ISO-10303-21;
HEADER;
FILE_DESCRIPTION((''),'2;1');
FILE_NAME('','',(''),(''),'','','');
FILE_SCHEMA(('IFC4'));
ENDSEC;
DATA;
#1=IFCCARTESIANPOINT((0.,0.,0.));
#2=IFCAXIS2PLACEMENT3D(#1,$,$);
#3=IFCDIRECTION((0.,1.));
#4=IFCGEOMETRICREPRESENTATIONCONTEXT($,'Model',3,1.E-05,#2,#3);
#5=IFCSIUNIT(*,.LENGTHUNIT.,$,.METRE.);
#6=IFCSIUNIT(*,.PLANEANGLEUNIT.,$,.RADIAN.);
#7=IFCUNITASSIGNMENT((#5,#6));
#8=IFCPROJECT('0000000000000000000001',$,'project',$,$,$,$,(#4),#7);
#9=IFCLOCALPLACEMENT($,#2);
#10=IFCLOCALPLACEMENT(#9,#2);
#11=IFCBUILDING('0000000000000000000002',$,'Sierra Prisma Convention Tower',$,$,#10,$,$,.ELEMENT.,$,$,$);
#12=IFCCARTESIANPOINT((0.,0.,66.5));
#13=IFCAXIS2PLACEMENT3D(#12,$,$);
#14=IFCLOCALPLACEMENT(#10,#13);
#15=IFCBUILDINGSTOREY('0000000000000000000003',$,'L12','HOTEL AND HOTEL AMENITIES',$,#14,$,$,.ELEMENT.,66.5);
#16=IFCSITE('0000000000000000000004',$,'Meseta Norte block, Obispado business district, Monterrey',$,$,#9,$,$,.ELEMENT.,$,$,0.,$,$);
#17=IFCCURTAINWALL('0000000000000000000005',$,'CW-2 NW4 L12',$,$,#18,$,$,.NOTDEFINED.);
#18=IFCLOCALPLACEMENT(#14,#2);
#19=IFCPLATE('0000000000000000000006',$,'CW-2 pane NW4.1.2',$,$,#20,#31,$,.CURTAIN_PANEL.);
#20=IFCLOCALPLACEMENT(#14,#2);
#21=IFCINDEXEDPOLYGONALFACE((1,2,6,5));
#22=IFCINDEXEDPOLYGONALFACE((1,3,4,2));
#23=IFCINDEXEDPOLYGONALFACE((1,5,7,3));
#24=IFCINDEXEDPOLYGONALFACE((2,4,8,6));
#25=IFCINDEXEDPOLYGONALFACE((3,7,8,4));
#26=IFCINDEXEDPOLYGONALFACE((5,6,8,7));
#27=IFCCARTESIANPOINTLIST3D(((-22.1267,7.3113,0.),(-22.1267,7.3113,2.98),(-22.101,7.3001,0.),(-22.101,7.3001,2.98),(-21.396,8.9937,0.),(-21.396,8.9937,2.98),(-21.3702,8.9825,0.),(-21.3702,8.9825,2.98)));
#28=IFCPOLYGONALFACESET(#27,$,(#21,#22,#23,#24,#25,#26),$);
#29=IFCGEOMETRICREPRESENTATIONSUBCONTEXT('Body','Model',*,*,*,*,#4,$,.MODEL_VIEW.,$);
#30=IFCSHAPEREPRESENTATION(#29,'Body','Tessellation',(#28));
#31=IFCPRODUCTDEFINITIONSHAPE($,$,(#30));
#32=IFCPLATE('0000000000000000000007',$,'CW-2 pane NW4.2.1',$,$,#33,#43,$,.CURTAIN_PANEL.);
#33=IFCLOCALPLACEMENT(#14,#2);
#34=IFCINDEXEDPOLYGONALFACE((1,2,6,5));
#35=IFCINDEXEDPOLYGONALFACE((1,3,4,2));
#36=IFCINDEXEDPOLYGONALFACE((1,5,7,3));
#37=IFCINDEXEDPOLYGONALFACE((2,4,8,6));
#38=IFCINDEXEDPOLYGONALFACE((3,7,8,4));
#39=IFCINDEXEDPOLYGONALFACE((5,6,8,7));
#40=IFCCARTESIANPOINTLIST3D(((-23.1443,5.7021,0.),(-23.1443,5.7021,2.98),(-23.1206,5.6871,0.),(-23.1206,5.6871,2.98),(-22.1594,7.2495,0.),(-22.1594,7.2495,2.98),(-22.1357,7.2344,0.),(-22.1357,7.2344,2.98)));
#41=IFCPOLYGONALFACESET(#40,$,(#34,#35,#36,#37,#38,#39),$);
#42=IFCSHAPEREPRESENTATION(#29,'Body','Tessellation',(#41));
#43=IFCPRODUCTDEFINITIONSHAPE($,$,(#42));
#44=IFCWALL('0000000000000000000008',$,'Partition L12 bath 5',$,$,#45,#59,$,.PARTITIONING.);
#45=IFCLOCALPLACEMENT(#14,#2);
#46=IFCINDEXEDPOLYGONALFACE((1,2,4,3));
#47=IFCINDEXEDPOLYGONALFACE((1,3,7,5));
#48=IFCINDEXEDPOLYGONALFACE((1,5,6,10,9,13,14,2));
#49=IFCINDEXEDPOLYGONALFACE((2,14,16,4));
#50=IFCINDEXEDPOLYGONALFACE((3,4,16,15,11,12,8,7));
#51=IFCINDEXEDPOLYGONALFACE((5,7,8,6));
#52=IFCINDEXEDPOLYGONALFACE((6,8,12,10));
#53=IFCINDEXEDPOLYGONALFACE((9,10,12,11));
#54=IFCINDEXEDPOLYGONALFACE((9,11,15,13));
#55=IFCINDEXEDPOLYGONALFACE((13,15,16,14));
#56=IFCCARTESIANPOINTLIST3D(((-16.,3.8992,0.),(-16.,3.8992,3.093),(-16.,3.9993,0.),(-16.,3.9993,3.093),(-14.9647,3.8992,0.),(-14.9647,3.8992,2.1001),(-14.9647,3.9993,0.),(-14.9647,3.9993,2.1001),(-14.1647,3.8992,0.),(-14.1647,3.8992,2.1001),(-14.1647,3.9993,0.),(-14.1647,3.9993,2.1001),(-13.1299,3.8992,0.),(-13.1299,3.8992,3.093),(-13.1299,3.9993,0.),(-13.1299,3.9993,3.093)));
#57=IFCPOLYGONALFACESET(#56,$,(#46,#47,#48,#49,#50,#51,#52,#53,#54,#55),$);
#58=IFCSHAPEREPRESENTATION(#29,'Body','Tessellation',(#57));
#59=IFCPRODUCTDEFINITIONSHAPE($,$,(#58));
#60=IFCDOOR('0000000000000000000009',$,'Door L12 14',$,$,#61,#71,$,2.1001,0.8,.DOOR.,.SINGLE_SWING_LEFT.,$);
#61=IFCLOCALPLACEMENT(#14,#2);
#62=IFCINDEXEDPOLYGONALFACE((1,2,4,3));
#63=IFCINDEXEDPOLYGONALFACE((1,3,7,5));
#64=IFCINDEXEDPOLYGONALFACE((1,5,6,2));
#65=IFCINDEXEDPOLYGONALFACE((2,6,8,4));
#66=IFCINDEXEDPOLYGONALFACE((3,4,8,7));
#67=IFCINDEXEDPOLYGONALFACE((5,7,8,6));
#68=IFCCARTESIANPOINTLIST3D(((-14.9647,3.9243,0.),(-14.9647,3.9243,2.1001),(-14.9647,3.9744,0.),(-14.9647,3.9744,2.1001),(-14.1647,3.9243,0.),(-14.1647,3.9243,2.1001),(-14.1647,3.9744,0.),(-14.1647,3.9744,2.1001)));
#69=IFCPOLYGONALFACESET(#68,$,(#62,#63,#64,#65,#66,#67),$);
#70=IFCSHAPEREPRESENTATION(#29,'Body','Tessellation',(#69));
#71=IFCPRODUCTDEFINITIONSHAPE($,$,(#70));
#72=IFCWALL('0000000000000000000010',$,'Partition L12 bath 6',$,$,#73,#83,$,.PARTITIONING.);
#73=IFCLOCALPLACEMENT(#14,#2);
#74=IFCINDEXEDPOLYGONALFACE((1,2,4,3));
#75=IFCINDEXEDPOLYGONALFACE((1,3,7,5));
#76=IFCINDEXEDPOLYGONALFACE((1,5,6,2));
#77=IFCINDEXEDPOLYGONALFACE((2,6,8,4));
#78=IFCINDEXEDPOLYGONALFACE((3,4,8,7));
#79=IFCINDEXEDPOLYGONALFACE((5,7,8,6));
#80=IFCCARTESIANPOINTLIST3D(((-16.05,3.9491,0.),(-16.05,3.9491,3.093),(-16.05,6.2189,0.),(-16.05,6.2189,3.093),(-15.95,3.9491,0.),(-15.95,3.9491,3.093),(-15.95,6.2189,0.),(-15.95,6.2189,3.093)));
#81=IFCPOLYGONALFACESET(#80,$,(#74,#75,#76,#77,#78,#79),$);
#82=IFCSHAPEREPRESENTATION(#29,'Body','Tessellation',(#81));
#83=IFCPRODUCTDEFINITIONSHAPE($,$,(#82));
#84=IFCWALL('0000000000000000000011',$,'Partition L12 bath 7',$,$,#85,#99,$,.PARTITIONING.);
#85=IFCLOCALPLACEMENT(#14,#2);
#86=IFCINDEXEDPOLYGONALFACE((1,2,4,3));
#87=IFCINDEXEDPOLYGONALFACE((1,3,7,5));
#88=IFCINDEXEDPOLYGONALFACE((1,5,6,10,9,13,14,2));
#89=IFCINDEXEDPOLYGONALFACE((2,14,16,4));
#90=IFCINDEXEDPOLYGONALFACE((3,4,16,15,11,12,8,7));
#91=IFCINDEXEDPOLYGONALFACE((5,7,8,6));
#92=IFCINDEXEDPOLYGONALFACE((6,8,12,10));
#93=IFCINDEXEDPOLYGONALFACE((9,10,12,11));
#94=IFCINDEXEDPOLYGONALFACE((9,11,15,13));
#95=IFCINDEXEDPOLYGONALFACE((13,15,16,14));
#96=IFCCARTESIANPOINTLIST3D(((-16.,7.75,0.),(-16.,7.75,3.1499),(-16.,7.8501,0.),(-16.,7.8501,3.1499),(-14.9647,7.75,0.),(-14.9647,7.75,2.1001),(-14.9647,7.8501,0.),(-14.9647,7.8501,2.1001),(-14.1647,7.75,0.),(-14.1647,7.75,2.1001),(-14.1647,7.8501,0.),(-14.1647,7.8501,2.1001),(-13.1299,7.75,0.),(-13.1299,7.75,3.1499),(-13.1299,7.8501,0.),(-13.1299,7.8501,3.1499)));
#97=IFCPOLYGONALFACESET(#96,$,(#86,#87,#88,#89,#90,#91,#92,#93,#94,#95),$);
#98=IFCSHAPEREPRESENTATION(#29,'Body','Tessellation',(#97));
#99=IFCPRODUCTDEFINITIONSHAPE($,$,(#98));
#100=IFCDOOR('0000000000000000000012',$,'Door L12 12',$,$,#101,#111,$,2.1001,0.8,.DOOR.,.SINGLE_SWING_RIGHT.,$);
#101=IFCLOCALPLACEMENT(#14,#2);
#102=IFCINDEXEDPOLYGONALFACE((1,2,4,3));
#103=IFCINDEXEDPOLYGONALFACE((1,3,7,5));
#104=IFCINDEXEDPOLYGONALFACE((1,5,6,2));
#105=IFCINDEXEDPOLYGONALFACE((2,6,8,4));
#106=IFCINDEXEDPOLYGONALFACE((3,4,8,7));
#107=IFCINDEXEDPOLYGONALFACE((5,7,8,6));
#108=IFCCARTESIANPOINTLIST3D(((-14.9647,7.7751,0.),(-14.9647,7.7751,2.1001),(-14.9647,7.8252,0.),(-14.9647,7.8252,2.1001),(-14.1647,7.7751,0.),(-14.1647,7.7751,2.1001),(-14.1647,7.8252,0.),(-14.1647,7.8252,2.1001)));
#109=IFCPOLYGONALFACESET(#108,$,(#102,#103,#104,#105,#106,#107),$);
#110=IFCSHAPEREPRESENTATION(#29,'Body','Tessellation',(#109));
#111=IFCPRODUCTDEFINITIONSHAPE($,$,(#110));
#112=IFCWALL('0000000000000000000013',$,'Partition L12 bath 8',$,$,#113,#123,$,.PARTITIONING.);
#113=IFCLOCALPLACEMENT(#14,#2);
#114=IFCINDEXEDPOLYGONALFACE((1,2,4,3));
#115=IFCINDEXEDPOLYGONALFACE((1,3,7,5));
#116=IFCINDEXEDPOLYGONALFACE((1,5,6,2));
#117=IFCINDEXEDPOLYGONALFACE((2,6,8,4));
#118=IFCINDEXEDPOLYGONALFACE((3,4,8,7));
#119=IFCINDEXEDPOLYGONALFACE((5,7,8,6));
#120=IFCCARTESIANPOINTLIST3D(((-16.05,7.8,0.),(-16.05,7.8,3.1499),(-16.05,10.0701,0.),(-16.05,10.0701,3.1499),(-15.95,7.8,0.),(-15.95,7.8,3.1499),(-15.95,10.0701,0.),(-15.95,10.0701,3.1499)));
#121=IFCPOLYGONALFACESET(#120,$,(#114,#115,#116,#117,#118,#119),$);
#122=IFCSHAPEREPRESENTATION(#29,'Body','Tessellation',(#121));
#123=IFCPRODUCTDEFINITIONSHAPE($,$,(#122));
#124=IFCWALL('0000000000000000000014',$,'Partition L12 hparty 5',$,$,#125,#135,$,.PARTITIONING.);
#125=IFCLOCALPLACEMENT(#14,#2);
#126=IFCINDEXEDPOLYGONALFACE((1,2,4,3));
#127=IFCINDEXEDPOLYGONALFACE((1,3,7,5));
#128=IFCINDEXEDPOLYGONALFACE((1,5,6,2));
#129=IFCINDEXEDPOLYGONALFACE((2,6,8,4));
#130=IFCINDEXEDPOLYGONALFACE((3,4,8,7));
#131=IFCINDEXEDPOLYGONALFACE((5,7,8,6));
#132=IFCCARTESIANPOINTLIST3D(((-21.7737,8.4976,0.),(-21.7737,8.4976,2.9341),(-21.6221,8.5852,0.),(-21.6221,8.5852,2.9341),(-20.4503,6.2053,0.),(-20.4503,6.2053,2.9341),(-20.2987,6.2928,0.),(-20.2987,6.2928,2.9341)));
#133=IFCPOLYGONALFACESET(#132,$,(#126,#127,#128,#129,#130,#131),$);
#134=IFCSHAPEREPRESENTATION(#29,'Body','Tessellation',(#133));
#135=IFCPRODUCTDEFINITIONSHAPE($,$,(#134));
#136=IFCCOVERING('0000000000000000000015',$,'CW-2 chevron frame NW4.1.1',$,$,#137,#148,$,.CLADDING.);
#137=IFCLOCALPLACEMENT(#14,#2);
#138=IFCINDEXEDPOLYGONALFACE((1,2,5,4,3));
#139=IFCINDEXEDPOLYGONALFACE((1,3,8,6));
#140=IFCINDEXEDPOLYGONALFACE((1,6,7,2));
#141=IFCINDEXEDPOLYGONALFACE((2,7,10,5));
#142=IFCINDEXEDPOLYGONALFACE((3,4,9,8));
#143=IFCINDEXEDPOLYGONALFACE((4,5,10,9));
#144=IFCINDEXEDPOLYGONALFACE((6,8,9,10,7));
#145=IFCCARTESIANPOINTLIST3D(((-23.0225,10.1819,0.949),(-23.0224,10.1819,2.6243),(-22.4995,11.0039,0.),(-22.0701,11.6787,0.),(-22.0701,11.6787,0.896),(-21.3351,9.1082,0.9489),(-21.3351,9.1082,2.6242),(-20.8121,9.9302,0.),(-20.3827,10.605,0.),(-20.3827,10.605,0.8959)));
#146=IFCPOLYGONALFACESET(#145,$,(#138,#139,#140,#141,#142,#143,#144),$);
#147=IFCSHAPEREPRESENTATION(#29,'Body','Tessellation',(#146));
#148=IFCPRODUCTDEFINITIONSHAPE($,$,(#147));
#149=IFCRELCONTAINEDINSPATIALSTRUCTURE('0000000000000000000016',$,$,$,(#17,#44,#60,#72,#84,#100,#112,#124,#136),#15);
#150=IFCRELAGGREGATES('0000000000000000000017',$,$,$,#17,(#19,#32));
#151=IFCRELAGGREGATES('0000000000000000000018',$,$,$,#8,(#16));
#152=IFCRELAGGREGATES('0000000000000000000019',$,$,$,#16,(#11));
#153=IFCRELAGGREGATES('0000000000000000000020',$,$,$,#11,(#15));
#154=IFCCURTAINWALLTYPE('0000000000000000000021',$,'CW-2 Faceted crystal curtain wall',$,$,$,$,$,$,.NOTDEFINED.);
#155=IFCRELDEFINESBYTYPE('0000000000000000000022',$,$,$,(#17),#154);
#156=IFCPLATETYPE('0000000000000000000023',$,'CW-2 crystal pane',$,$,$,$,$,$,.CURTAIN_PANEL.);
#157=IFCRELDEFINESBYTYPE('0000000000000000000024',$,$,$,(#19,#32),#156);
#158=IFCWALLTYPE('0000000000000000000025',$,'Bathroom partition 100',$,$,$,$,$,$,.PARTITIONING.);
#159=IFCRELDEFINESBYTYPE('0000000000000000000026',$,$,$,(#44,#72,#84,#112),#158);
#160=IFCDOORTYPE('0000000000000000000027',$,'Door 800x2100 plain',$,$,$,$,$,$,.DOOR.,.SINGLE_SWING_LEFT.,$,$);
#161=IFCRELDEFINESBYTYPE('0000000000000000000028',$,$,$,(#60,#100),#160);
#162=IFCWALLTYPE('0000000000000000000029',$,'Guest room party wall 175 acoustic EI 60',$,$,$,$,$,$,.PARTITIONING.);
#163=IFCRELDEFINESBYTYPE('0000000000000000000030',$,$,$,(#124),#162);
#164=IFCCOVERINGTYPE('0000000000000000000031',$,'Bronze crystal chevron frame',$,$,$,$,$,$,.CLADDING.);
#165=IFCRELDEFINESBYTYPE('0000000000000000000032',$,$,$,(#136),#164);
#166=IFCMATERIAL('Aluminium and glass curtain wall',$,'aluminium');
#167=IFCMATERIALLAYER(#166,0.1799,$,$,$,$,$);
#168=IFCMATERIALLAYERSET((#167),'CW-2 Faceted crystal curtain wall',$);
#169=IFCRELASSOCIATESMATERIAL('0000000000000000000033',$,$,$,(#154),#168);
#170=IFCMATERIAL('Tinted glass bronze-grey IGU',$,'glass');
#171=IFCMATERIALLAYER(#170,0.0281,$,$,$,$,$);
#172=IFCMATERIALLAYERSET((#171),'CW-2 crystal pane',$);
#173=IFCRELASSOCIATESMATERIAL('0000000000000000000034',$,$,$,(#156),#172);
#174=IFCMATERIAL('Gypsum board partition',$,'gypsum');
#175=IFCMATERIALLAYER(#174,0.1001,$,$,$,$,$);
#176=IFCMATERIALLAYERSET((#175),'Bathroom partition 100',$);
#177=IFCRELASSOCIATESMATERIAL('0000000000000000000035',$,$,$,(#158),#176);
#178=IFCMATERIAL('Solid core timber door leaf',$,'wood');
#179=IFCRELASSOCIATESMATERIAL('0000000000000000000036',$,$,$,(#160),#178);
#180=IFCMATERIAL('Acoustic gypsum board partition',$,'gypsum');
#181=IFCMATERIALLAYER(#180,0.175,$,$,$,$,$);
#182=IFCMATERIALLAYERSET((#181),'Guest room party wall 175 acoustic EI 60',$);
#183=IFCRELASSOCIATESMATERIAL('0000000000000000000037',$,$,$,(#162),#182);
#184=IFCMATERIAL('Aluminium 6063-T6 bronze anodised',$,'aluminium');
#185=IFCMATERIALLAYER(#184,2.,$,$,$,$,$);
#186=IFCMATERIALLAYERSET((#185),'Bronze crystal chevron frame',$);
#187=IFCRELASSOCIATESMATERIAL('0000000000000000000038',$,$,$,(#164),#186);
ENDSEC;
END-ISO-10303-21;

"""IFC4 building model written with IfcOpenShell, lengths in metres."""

from ifc_helpers import new_model, si_unit, direction, frame, frame_2d, origin, place, context, subcontext, project, spatial, polyline, rectangle, outline, extrude, material, layer, layer_set, type_object, element, fill, aggregate, save


model = new_model("IFC4")

# Units and contexts
model_context = context("Model", 3, precision=1e-05, world=origin(), true_north=direction((0.0, 1.0)))
body_context = subcontext(model_context, "Body", "Model", "MODEL_VIEW")
ifc_project = project(units=[si_unit("LENGTHUNIT", "METRE"), si_unit("PLANEANGLEUNIT", "RADIAN")], contexts=[model_context])

# Site, building, storey
site_placement = place(None, origin())
site = spatial("IfcSite", under=ifc_project, at=site_placement, Name="Meseta Norte block, Obispado business district, Monterrey", CompositionType="ELEMENT", RefElevation=0.0)
building_placement = place(site_placement, origin())
building = spatial("IfcBuilding", under=site, at=building_placement, Name="Sierra Prisma Convention Tower", CompositionType="ELEMENT")
storey_placement = place(building_placement, frame((0.0, 0.0, 66.5)))
storey = spatial("IfcBuildingStorey", under=building, at=storey_placement, Name="L12", Description="HOTEL AND HOTEL AMENITIES", CompositionType="ELEMENT", Elevation=66.5)

# Curtain wall
ifc_material_1 = material(Name="Aluminium and glass curtain wall", Category="aluminium")
ifc_layer_1 = layer(ifc_material_1, 0.1799)
ifc_layer_set_1 = layer_set([ifc_layer_1], Name="CW-2 Faceted crystal curtain wall")
curtain_wall_type = type_object("IfcCurtainWallType", Name="CW-2 Faceted crystal curtain wall", PredefinedType="NOTDEFINED", material=ifc_layer_set_1)
curtain_wall_1_placement = place(storey_placement, origin())
curtain_wall_1 = element("IfcCurtainWall", 1, at=curtain_wall_1_placement, inside=storey, type_object=curtain_wall_type, Name="CW-2 NW4 L12", PredefinedType="NOTDEFINED")

# Plates
ifc_material_2 = material(Name="Tinted glass bronze-grey IGU", Category="glass")
ifc_layer_2 = layer(ifc_material_2, 0.0281)
ifc_layer_set_2 = layer_set([ifc_layer_2], Name="CW-2 crystal pane")
plate_type = type_object("IfcPlateType", Name="CW-2 crystal pane", PredefinedType="CURTAIN_PANEL", material=ifc_layer_set_2)
plate_1_placement = place(storey_placement, frame((-22.1267, 7.3113, 0.0), z_axis=(-0.91722, 0.398381, 0.0), x_axis=(0.398381, 0.91722, 0.0)))
plate_1 = element("IfcPlate", 2, at=plate_1_placement, type_object=plate_type, Name="CW-2 pane NW4.1.2", PredefinedType="CURTAIN_PANEL", context=body_context, shape_type="SweptSolid", body=[
    extrude(outline(polyline([(0.0, 0.0), (1.8342, 0.0), (1.8342, -2.98), (0.0, -2.98), (0.0, 0.0)])), origin(), (0.0, 0.0, -1.0), 0.0281),
])
plate_2_placement = place(storey_placement, frame((-22.1594, 7.2495, 0.0), z_axis=(-0.843618, 0.536944, 0.0), x_axis=(-0.536944, -0.843618, 0.0)))
plate_2 = element("IfcPlate", 3, at=plate_2_placement, type_object=plate_type, Name="CW-2 pane NW4.2.1", PredefinedType="CURTAIN_PANEL", context=body_context, shape_type="SweptSolid", body=[
    extrude(outline(polyline([(0.0, 0.0), (1.8342, 0.0), (1.8342, 2.98), (0.0, 2.98), (0.0, 0.0)])), origin(), (0.0, 0.0, -1.0), 0.0281),
])
aggregate(curtain_wall_1, [plate_1, plate_2])

# Wall, opening, door
ifc_material_3 = material(Name="Gypsum board partition", Category="gypsum")
ifc_layer_3 = layer(ifc_material_3, 0.1001)
ifc_layer_set_3 = layer_set([ifc_layer_3], Name="Bathroom partition 100")
wall_type_1 = type_object("IfcWallType", Name="Bathroom partition 100", PredefinedType="PARTITIONING", material=ifc_layer_set_3)
wall_1_placement = place(storey_placement, frame((-13.1299, 3.9492, 0.0), z_axis=(0.0, 0.0, 1.0), x_axis=(-1.0, 0.0, 0.0)))
wall_1 = element("IfcWall", 4, at=wall_1_placement, inside=storey, type_object=wall_type_1, Name="Partition L12 bath 5", PredefinedType="PARTITIONING", context=body_context, shape_type="SweptSolid", body=[
    extrude(rectangle(XDim=2.8701, YDim=0.1001, at=frame_2d((1.4351, 0.0))), origin(), (0.0, 0.0, 1.0), 3.093),
])
opening_1_placement = place(wall_1_placement, frame((1.0349, 0.0, 0.0)))
opening_1 = element("IfcOpeningElement", 5, at=opening_1_placement, cuts=wall_1, PredefinedType="OPENING", context=body_context, shape_type="SweptSolid", body=[
    extrude(rectangle(XDim=0.8, YDim=2.1001, at=frame_2d((0.3999, 1.05))), frame((0.0, 0.05, 0.0), z_axis=(0.0, -1.0, 0.0), x_axis=(1.0, 0.0, 0.0)), (0.0, 0.0, 1.0), 0.1001),
])
ifc_material_4 = material(Name="Solid core timber door leaf", Category="wood")
door_type = type_object("IfcDoorType", Name="Door 800x2100 plain", OperationType="SINGLE_SWING_LEFT", PredefinedType="DOOR", material=ifc_material_4)
door_1_placement = place(opening_1_placement, origin())
door_1 = element("IfcDoor", 6, at=door_1_placement, inside=storey, type_object=door_type, Name="Door L12 14", OperationType="SINGLE_SWING_LEFT", OverallHeight=2.1001, OverallWidth=0.8, PredefinedType="DOOR", context=body_context, shape_type="SweptSolid", body=[
    extrude(rectangle(XDim=0.8, YDim=2.1001, at=frame_2d((0.3999, 1.05))), frame((0.0, 0.0249, 0.0), z_axis=(0.0, -1.0, 0.0), x_axis=(1.0, 0.0, 0.0)), (0.0, 0.0, 1.0), 0.05),
])
fill(opening_1, door_1)

# Wall
wall_2_placement = place(storey_placement, frame((-16.0, 3.9492, 0.0), z_axis=(0.0, 0.0, 1.0), x_axis=(0.0, 1.0, 0.0)))
element("IfcWall", 7, at=wall_2_placement, inside=storey, type_object=wall_type_1, Name="Partition L12 bath 6", PredefinedType="PARTITIONING", context=body_context, shape_type="SweptSolid", body=[
    extrude(rectangle(XDim=2.2698, YDim=0.1001, at=frame_2d((1.1348, 0.0))), origin(), (0.0, 0.0, 1.0), 3.093),
])

# Wall, opening, door
wall_3_placement = place(storey_placement, frame((-13.1299, 7.8, 0.0), z_axis=(0.0, 0.0, 1.0), x_axis=(-1.0, 0.0, 0.0)))
wall_3 = element("IfcWall", 8, at=wall_3_placement, inside=storey, type_object=wall_type_1, Name="Partition L12 bath 7", PredefinedType="PARTITIONING", context=body_context, shape_type="SweptSolid", body=[
    extrude(rectangle(XDim=2.8701, YDim=0.1001, at=frame_2d((1.4351, 0.0))), origin(), (0.0, 0.0, 1.0), 3.1499),
])
opening_2_placement = place(wall_3_placement, frame((1.0349, 0.0, 0.0)))
opening_2 = element("IfcOpeningElement", 9, at=opening_2_placement, cuts=wall_3, PredefinedType="OPENING", context=body_context, shape_type="SweptSolid", body=[
    extrude(rectangle(XDim=0.8, YDim=2.1001, at=frame_2d((0.3999, 1.05))), frame((0.0, 0.05, 0.0), z_axis=(0.0, -1.0, 0.0), x_axis=(1.0, 0.0, 0.0)), (0.0, 0.0, 1.0), 0.1001),
])
door_2_placement = place(opening_2_placement, origin())
door_2 = element("IfcDoor", 10, at=door_2_placement, inside=storey, type_object=door_type, Name="Door L12 12", OperationType="SINGLE_SWING_RIGHT", OverallHeight=2.1001, OverallWidth=0.8, PredefinedType="DOOR", context=body_context, shape_type="SweptSolid", body=[
    extrude(rectangle(XDim=0.8, YDim=2.1001, at=frame_2d((0.3999, 1.05))), frame((0.0, 0.0249, 0.0), z_axis=(0.0, -1.0, 0.0), x_axis=(1.0, 0.0, 0.0)), (0.0, 0.0, 1.0), 0.05),
])
fill(opening_2, door_2)

# Walls
wall_4_placement = place(storey_placement, frame((-16.0, 7.8, 0.0), z_axis=(0.0, 0.0, 1.0), x_axis=(0.0, 1.0, 0.0)))
element("IfcWall", 11, at=wall_4_placement, inside=storey, type_object=wall_type_1, Name="Partition L12 bath 8", PredefinedType="PARTITIONING", context=body_context, shape_type="SweptSolid", body=[
    extrude(rectangle(XDim=2.27, YDim=0.1001, at=frame_2d((1.135, 0.0))), origin(), (0.0, 0.0, 1.0), 3.1499),
])
ifc_material_5 = material(Name="Acoustic gypsum board partition", Category="gypsum")
ifc_layer_4 = layer(ifc_material_5, 0.175)
ifc_layer_set_4 = layer_set([ifc_layer_4], Name="Guest room party wall 175 acoustic EI 60")
wall_type_2 = type_object("IfcWallType", Name="Guest room party wall 175 acoustic EI 60", PredefinedType="PARTITIONING", material=ifc_layer_set_4)
wall_5_placement = place(storey_placement, frame((-20.3745, 6.249, 0.0), z_axis=(0.0, 0.0, 1.0), x_axis=(-0.499978, 0.866038, 0.0)))
element("IfcWall", 12, at=wall_5_placement, inside=storey, type_object=wall_type_2, Name="Partition L12 hparty 5", PredefinedType="PARTITIONING", context=body_context, shape_type="SweptSolid", body=[
    extrude(rectangle(XDim=2.647, YDim=0.175, at=frame_2d((1.3235, 0.0))), origin(), (0.0, 0.0, 1.0), 2.9341),
])

# Covering
ifc_material_6 = material(Name="Aluminium 6063-T6 bronze anodised", Category="aluminium")
ifc_layer_5 = layer(ifc_material_6, 2.0)
ifc_layer_set_5 = layer_set([ifc_layer_5], Name="Bronze crystal chevron frame")
covering_type = type_object("IfcCoveringType", Name="Bronze crystal chevron frame", PredefinedType="CLADDING", material=ifc_layer_set_5)
covering_placement = place(storey_placement, frame((-22.0701, 11.6787, 0.0), z_axis=(-0.843689, 0.536833, 0.000023), x_axis=(-0.536833, -0.843689, 0.0)))
element("IfcCovering", 13, at=covering_placement, inside=storey, type_object=covering_type, Name="CW-2 chevron frame NW4.1.1", PredefinedType="CLADDING", context=body_context, shape_type="SweptSolid", body=[
    extrude(outline(polyline([(0.0, 0.0), (0.7999, 0.0), (1.7741, 0.949), (1.7741, 2.6243), (0.0, 0.896), (0.0, 0.0)])), origin(), (0.0, 0.0, -1.0), 2.0),
])

save(model, "model.ifc")
